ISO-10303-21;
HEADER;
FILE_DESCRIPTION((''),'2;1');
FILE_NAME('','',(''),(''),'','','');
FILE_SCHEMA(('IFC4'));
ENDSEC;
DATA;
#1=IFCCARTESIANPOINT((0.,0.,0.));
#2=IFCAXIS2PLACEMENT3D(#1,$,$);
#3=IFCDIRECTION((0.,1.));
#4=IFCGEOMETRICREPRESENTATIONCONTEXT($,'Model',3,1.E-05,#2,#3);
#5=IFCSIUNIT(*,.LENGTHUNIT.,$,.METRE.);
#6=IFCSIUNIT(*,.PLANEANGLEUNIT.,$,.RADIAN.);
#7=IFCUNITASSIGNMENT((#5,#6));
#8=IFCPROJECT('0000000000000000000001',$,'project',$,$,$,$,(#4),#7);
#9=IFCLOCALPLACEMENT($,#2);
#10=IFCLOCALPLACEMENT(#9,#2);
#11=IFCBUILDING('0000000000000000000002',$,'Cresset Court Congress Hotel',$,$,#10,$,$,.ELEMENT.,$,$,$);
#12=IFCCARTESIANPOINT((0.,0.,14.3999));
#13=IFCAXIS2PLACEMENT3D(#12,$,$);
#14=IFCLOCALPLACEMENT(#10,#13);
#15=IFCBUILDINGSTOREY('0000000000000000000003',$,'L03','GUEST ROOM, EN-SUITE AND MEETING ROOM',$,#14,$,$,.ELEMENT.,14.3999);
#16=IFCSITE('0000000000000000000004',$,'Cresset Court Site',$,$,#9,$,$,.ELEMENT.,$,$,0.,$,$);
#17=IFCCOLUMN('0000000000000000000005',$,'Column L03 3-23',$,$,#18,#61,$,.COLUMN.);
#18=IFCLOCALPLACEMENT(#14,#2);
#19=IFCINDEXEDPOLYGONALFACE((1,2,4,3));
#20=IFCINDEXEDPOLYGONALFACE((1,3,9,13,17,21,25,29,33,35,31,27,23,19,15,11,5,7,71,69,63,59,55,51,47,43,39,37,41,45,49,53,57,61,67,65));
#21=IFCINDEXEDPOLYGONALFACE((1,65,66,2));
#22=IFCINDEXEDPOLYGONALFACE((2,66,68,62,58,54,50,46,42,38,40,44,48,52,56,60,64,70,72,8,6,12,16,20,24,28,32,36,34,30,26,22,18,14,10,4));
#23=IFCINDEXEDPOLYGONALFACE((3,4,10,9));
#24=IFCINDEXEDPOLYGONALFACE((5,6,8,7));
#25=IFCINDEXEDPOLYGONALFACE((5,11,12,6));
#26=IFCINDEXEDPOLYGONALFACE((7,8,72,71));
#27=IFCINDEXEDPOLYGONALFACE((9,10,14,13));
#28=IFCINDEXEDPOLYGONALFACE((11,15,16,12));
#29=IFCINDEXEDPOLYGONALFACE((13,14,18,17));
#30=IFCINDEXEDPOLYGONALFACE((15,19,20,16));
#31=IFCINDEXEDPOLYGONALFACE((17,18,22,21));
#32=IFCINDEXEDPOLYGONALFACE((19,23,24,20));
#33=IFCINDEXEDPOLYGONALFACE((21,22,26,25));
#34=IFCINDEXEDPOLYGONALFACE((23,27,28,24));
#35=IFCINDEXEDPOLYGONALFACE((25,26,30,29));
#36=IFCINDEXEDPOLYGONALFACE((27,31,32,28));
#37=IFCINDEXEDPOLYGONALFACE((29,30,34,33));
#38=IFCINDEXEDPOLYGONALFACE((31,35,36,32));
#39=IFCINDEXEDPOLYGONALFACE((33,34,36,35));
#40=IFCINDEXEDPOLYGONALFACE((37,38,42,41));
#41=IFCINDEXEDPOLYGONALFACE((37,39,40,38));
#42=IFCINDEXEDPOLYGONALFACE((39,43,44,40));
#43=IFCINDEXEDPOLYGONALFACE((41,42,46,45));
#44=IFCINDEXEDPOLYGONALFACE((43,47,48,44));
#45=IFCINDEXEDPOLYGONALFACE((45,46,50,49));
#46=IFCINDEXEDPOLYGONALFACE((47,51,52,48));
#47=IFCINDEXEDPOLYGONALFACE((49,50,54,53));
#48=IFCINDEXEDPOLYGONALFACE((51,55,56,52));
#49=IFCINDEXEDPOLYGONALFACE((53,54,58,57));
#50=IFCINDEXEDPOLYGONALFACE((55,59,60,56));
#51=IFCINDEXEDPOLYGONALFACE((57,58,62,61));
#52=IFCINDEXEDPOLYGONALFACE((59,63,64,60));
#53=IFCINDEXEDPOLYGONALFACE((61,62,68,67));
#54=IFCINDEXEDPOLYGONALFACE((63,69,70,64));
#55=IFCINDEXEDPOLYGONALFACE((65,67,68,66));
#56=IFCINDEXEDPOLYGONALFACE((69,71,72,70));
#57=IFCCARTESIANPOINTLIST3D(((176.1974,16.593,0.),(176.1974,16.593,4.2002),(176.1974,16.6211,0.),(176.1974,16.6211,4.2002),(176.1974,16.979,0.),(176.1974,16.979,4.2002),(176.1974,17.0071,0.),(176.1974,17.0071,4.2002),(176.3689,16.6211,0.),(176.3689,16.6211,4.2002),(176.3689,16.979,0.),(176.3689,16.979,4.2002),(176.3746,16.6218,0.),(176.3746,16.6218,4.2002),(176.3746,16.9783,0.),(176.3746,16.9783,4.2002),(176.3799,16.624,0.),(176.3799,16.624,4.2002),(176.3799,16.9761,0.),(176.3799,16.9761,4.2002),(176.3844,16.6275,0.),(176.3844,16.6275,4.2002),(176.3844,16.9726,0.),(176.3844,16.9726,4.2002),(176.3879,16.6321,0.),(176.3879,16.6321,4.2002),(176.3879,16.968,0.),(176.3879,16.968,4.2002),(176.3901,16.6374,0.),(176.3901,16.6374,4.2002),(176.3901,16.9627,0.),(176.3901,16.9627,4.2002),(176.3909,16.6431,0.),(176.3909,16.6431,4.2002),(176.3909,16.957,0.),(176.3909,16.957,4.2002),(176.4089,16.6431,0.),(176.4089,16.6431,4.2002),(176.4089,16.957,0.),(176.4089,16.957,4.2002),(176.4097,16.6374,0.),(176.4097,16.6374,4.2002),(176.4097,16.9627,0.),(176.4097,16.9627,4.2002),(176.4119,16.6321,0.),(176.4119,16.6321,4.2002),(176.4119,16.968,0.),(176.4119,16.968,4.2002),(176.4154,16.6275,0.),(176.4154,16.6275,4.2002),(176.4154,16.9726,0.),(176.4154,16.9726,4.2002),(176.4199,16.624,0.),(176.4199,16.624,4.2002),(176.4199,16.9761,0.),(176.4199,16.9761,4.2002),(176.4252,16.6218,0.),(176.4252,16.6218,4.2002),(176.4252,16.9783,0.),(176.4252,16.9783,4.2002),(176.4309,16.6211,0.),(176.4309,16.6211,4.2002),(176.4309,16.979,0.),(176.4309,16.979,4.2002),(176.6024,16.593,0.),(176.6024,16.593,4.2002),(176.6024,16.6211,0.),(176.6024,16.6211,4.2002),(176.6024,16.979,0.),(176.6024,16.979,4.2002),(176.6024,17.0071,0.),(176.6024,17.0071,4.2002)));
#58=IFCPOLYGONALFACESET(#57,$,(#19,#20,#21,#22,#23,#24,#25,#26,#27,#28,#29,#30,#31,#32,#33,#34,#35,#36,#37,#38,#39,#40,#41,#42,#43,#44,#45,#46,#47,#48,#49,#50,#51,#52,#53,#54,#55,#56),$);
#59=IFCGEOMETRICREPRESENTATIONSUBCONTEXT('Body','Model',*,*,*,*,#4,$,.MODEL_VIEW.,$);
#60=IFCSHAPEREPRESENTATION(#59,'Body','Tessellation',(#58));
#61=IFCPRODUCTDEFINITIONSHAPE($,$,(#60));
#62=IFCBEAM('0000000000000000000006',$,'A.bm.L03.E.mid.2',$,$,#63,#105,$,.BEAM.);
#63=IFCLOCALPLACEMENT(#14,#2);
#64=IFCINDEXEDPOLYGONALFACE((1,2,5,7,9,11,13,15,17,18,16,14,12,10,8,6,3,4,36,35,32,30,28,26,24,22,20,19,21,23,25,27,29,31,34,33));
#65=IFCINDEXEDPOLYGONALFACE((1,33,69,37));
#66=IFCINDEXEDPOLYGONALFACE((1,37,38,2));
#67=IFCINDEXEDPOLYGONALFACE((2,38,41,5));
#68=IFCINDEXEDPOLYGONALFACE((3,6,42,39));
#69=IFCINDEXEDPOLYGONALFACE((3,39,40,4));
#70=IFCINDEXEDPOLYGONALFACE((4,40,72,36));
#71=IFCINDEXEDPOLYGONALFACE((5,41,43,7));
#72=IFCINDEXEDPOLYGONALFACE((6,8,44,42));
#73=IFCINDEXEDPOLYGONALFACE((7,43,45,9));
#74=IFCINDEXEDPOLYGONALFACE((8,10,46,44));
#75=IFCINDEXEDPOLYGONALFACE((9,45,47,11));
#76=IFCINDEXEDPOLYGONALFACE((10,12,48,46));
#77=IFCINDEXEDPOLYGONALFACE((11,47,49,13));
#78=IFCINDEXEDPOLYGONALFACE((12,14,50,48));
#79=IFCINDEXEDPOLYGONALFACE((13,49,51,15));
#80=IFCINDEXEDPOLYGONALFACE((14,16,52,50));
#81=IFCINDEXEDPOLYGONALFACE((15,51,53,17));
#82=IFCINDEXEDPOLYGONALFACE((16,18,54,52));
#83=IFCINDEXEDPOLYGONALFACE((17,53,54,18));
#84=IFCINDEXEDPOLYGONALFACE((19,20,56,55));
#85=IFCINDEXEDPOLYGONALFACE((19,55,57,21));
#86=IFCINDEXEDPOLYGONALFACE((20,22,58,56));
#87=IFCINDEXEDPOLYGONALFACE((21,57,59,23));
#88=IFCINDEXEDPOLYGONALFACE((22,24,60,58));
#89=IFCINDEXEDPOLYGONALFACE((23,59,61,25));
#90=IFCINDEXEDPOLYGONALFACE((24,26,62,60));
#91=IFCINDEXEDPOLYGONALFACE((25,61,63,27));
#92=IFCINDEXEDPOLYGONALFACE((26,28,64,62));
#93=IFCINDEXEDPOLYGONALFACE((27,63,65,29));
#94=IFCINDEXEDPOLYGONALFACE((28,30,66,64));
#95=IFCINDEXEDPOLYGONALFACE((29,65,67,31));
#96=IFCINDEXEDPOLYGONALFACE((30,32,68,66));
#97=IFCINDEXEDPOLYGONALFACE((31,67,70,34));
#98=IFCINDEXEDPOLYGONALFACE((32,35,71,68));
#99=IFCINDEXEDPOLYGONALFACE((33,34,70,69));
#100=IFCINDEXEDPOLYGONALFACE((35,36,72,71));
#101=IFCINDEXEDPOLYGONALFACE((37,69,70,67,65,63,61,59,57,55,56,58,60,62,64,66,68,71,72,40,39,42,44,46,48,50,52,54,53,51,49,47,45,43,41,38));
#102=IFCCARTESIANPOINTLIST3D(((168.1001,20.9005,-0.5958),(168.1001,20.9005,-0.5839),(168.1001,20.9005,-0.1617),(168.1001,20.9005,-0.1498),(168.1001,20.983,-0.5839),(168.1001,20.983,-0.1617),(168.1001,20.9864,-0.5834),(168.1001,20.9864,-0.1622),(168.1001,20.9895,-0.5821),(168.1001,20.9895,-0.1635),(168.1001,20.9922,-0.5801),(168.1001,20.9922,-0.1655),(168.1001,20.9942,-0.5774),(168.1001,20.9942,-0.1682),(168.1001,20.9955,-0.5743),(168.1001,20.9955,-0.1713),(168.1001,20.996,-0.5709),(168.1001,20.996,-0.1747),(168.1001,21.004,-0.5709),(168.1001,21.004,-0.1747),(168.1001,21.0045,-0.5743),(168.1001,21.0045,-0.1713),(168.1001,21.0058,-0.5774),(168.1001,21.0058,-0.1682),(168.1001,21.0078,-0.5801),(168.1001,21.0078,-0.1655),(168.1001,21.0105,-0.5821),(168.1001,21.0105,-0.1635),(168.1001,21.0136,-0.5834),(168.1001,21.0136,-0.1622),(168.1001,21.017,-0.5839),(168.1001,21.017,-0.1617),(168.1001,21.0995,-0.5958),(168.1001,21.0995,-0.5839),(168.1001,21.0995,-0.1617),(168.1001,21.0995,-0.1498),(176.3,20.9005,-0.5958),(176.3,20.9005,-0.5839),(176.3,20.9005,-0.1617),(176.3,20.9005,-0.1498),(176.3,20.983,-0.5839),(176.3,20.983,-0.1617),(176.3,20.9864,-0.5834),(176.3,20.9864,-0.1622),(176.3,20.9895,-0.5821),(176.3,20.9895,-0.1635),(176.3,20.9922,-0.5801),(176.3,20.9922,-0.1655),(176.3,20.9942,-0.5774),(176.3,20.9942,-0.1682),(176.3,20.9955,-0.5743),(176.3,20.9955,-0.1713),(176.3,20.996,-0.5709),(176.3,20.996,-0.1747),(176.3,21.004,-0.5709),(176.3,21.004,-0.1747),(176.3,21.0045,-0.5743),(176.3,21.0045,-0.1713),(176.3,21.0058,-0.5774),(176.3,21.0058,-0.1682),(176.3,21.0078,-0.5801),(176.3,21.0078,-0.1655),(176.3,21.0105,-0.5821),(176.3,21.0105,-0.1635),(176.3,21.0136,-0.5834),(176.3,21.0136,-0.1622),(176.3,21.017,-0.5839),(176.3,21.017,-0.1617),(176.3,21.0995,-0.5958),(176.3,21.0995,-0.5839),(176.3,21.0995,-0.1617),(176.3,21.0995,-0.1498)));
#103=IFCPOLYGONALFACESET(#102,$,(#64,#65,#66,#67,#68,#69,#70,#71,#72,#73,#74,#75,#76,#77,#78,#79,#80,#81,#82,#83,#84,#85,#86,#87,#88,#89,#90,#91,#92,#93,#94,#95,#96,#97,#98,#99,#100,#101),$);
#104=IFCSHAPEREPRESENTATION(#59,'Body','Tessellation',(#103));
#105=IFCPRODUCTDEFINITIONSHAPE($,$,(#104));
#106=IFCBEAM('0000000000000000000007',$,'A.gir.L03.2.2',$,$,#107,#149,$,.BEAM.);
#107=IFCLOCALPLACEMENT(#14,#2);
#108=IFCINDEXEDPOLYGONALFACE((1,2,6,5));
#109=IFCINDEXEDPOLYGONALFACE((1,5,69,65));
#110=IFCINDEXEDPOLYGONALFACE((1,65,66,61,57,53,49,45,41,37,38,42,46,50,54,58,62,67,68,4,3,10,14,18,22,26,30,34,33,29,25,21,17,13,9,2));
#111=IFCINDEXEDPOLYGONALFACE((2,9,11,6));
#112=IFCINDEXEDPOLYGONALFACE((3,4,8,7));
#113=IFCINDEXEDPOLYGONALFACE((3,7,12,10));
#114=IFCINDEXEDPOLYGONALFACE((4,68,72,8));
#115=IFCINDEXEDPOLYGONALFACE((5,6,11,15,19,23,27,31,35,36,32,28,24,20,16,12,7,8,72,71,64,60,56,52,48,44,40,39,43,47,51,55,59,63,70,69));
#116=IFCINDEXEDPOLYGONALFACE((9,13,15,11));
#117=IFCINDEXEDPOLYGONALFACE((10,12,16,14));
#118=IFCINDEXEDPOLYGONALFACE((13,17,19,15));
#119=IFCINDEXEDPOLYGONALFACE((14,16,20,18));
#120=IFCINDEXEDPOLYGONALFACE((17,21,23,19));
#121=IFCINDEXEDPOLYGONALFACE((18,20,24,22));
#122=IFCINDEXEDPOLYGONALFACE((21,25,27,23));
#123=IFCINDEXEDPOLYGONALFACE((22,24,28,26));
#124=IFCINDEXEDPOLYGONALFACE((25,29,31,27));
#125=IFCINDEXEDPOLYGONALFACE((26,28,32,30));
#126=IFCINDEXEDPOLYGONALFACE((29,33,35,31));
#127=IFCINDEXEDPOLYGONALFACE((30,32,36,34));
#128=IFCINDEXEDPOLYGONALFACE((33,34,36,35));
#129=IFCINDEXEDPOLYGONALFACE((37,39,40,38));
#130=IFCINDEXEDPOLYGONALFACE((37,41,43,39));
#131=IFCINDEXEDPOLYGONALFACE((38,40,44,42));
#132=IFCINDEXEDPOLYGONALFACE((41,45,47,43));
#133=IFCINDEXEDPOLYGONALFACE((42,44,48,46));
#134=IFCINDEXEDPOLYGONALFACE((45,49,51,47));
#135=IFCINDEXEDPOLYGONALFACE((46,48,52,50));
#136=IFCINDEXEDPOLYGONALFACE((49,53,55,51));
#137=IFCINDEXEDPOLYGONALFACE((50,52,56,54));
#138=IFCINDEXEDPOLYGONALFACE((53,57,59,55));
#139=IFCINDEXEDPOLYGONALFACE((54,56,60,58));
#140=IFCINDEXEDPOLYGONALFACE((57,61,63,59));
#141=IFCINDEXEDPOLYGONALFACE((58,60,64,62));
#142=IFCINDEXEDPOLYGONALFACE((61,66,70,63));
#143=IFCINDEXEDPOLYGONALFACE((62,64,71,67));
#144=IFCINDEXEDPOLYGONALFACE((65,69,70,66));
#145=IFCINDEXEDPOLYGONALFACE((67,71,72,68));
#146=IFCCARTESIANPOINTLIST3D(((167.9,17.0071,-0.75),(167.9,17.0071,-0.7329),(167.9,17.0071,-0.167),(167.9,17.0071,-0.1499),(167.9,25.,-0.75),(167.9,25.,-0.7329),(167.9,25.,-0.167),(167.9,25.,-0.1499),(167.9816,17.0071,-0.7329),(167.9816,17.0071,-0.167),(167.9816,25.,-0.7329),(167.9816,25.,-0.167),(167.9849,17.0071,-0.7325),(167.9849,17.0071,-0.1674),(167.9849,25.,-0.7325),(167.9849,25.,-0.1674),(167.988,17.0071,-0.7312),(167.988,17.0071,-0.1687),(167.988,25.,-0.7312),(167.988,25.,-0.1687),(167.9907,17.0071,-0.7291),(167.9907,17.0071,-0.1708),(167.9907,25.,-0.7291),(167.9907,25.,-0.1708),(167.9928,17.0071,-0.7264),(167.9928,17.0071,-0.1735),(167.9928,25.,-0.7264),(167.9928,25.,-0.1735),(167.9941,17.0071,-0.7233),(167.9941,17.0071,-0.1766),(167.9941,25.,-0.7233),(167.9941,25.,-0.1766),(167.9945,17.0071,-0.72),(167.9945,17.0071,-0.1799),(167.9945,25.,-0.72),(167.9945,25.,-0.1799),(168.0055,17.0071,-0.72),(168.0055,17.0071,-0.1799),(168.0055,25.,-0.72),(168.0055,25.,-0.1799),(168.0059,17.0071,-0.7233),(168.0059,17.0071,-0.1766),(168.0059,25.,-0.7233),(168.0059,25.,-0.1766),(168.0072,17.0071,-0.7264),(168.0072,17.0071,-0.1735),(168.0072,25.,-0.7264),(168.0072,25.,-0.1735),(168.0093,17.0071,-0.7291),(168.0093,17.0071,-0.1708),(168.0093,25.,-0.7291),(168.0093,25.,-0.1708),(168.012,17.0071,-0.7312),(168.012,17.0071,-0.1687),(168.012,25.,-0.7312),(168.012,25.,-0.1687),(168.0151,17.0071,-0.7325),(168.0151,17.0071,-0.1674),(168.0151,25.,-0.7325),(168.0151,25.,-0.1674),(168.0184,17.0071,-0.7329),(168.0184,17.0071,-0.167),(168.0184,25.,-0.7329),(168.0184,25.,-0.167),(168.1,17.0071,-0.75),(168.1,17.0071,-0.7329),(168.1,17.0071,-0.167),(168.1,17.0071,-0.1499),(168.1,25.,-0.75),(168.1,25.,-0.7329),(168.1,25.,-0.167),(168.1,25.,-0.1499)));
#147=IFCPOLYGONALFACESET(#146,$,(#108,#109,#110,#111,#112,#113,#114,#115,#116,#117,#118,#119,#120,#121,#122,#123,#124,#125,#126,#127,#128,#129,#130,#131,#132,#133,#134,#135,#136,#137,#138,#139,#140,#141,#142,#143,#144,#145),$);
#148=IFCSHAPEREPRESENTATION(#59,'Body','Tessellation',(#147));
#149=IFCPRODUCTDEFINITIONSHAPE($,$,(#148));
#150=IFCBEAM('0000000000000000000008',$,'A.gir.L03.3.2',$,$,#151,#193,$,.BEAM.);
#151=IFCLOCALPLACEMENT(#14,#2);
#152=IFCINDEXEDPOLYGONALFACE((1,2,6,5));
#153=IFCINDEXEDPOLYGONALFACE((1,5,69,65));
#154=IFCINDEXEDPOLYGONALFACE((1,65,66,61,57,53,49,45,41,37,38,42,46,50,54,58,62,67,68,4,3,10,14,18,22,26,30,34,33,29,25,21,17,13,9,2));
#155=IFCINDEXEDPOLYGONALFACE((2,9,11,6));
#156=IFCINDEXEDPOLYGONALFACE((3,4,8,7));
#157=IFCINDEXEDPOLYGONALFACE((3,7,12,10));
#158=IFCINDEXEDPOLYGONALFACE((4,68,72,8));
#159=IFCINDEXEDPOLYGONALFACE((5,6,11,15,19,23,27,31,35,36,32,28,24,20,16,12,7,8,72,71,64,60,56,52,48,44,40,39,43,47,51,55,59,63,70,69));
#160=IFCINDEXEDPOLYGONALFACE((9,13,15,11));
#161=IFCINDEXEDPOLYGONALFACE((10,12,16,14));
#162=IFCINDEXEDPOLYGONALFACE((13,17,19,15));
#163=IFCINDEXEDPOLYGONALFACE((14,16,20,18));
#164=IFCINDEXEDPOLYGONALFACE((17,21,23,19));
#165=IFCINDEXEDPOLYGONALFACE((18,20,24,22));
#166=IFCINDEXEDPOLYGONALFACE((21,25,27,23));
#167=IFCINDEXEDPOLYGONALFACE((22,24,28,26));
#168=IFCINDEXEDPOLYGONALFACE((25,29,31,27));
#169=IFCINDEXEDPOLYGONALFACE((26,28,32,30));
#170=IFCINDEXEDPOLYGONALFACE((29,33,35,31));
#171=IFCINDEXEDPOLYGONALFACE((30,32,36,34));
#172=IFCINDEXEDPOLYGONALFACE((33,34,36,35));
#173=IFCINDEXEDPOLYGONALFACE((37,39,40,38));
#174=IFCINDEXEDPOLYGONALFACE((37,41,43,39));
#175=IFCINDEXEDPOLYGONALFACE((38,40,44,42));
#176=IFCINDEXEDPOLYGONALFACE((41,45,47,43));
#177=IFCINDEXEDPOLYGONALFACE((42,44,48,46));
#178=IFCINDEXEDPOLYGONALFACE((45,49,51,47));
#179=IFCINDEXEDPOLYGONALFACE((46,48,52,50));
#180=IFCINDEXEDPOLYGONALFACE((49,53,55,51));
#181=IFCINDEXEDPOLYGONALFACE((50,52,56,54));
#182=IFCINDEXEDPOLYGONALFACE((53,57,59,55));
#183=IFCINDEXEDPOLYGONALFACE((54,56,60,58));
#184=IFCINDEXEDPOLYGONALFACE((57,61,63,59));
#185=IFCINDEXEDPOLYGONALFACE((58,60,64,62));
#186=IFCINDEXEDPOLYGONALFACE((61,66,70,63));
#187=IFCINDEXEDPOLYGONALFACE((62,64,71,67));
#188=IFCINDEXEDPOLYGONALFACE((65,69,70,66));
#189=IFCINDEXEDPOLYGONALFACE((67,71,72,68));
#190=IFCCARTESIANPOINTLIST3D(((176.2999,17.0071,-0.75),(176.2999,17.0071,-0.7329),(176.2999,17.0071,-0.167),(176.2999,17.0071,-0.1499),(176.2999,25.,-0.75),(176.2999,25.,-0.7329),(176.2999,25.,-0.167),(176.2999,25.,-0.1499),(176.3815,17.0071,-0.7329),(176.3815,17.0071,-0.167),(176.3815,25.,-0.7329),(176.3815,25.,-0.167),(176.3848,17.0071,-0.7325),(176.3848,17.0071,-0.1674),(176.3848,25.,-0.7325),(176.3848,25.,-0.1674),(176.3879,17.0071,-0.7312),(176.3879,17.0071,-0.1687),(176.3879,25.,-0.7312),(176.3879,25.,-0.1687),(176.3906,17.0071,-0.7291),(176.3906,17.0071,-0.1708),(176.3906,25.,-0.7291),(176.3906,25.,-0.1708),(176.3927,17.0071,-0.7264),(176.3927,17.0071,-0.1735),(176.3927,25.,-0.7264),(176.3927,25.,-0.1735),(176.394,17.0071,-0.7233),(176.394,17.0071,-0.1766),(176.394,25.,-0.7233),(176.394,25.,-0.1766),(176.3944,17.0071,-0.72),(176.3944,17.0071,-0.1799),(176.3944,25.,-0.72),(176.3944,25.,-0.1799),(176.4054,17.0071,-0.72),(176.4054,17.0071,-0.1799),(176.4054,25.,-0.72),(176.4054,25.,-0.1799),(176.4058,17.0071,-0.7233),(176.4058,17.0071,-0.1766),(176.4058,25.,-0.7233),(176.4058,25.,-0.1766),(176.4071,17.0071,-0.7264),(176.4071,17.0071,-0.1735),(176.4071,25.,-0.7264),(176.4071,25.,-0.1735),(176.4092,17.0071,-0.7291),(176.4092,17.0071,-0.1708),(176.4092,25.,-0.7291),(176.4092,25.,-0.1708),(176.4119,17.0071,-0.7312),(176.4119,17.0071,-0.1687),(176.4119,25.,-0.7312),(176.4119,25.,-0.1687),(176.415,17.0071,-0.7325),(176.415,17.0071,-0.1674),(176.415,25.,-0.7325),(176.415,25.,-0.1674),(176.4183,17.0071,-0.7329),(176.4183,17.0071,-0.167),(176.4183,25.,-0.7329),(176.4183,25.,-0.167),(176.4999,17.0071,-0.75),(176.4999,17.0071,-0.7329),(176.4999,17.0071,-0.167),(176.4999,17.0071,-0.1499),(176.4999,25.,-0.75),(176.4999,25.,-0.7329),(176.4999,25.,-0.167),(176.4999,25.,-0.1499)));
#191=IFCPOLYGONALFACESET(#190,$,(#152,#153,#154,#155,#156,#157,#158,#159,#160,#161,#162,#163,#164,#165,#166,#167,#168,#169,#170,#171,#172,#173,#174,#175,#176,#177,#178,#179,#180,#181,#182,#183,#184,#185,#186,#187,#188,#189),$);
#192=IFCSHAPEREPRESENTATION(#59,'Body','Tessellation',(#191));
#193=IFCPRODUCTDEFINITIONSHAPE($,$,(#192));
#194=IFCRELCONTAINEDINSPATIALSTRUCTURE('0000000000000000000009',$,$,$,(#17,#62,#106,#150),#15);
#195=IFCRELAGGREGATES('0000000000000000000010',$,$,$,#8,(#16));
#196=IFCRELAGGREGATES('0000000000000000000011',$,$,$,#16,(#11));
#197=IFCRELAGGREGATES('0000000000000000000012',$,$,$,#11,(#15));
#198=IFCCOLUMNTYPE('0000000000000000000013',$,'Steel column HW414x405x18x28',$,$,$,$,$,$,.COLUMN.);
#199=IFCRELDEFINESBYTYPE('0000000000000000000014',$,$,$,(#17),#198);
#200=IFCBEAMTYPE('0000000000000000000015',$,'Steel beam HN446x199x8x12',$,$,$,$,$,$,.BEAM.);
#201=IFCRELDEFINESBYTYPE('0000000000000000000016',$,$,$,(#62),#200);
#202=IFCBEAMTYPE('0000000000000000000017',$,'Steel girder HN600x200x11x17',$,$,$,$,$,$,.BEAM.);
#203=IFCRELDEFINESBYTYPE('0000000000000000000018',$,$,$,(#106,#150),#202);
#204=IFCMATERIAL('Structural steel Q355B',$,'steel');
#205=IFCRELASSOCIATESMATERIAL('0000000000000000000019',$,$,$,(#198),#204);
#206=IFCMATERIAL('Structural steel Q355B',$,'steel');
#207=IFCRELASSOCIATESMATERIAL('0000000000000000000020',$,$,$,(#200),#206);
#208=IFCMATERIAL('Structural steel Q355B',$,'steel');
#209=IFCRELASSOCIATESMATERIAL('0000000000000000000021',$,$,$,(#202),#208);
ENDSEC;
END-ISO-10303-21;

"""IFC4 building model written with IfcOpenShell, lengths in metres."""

from ifc_helpers import new_model, si_unit, direction, frame, origin, origin_2d, place, context, subcontext, project, spatial, i_section, extrude, material, material_profile, profile_set, type_object, element, save


model = new_model("IFC4")

# Units and contexts
model_context = context("Model", 3, precision=1e-05, world=origin(), true_north=direction((0.0, 1.0)))
body_context = subcontext(model_context, "Body", "Model", "MODEL_VIEW")
ifc_project = project(units=[si_unit("LENGTHUNIT", "METRE"), si_unit("PLANEANGLEUNIT", "RADIAN")], contexts=[model_context])

# Site, building, storey
site_placement = place(None, origin())
site = spatial("IfcSite", under=ifc_project, at=site_placement, Name="Cresset Court Site", CompositionType="ELEMENT", RefElevation=0.0)
building_placement = place(site_placement, origin())
building = spatial("IfcBuilding", under=site, at=building_placement, Name="Cresset Court Congress Hotel", CompositionType="ELEMENT")
storey_placement = place(building_placement, frame((0.0, 0.0, 14.3999)))
storey = spatial("IfcBuildingStorey", under=building, at=storey_placement, Name="L03", Description="GUEST ROOM, EN-SUITE AND MEETING ROOM", CompositionType="ELEMENT", Elevation=14.3999)

# Column
ifc_material_1 = material(Name="Structural steel Q355B", Category="steel")
ifc_material_profile_1 = material_profile(ifc_material_1, i_section(OverallWidth=0.405, OverallDepth=0.4141, WebThickness=0.0181, FlangeThickness=0.0281, FilletRadius=0.022, at=origin_2d()), Name="HW414x405x18x28")
ifc_profile_set_1 = profile_set([ifc_material_profile_1], Name="Structural steel Q355B")
column_type = type_object("IfcColumnType", Name="Steel column HW414x405x18x28", PredefinedType="COLUMN", material=ifc_profile_set_1)
column_placement = place(storey_placement, frame((176.3999, 16.8, 0.0), z_axis=(0.0, 0.0, 1.0), x_axis=(1.0, 0.0, 0.0)))
element("IfcColumn", 1, at=column_placement, inside=storey, type_object=column_type, Name="Column L03 3-23", PredefinedType="COLUMN", context=body_context, shape_type="SweptSolid", body=[
    extrude(i_section(OverallWidth=0.405, OverallDepth=0.4141, WebThickness=0.0181, FlangeThickness=0.0281, FilletRadius=0.022, at=origin_2d()), origin(), (0.0, 0.0, 1.0), 4.2002),
])

# Beams
ifc_material_2 = material(Name="Structural steel Q355B", Category="steel")
ifc_material_profile_2 = material_profile(ifc_material_2, i_section(OverallWidth=0.199, OverallDepth=0.446, WebThickness=0.0081, FlangeThickness=0.012, FilletRadius=0.0129, at=origin_2d()), Name="HN446x199x8x12")
ifc_profile_set_2 = profile_set([ifc_material_profile_2], Name="Structural steel Q355B")
beam_type_1 = type_object("IfcBeamType", Name="Steel beam HN446x199x8x12", PredefinedType="BEAM", material=ifc_profile_set_2)
beam_placement = place(storey_placement, frame((168.1001, 21.0, -0.3728), z_axis=(1.0, 0.0, 0.0), x_axis=(0.0, 1.0, 0.0)))
element("IfcBeam", 2, at=beam_placement, inside=storey, type_object=beam_type_1, Name="A.bm.L03.E.mid.2", PredefinedType="BEAM", context=body_context, shape_type="SweptSolid", body=[
    extrude(i_section(OverallWidth=0.199, OverallDepth=0.446, WebThickness=0.0081, FlangeThickness=0.012, FilletRadius=0.0129, at=origin_2d()), origin(), (0.0, 0.0, 1.0), 8.2),
])
ifc_material_3 = material(Name="Structural steel Q355B", Category="steel")
ifc_material_profile_3 = material_profile(ifc_material_3, i_section(OverallWidth=0.2, OverallDepth=0.6001, WebThickness=0.011, FlangeThickness=0.0171, FilletRadius=0.0129, at=origin_2d()), Name="HN600x200x11x17")
ifc_profile_set_3 = profile_set([ifc_material_profile_3], Name="Structural steel Q355B")
beam_type_2 = type_object("IfcBeamType", Name="Steel girder HN600x200x11x17", PredefinedType="BEAM", material=ifc_profile_set_3)
for number, where, z_axis, x_axis, name in (
    (3, (168.0, 17.0071, -0.45), (0.0, 1.0, 0.0), (-1.0, 0.0, 0.0), "A.gir.L03.2.2"),
    (4, (176.3999, 17.0071, -0.45), (0.0, 1.0, 0.0), (-1.0, 0.0, 0.0), "A.gir.L03.3.2"),
):
    element("IfcBeam", number, at=place(storey_placement, frame(where, z_axis=z_axis, x_axis=x_axis)), inside=storey, type_object=beam_type_2, Name=name, PredefinedType="BEAM", context=body_context, shape_type="SweptSolid", body=[
        extrude(i_section(OverallWidth=0.2, OverallDepth=0.6001, WebThickness=0.011, FlangeThickness=0.0171, FilletRadius=0.0129, at=origin_2d()), origin(), (0.0, 0.0, 1.0), 7.9929),
    ])

save(model, "model.ifc")
